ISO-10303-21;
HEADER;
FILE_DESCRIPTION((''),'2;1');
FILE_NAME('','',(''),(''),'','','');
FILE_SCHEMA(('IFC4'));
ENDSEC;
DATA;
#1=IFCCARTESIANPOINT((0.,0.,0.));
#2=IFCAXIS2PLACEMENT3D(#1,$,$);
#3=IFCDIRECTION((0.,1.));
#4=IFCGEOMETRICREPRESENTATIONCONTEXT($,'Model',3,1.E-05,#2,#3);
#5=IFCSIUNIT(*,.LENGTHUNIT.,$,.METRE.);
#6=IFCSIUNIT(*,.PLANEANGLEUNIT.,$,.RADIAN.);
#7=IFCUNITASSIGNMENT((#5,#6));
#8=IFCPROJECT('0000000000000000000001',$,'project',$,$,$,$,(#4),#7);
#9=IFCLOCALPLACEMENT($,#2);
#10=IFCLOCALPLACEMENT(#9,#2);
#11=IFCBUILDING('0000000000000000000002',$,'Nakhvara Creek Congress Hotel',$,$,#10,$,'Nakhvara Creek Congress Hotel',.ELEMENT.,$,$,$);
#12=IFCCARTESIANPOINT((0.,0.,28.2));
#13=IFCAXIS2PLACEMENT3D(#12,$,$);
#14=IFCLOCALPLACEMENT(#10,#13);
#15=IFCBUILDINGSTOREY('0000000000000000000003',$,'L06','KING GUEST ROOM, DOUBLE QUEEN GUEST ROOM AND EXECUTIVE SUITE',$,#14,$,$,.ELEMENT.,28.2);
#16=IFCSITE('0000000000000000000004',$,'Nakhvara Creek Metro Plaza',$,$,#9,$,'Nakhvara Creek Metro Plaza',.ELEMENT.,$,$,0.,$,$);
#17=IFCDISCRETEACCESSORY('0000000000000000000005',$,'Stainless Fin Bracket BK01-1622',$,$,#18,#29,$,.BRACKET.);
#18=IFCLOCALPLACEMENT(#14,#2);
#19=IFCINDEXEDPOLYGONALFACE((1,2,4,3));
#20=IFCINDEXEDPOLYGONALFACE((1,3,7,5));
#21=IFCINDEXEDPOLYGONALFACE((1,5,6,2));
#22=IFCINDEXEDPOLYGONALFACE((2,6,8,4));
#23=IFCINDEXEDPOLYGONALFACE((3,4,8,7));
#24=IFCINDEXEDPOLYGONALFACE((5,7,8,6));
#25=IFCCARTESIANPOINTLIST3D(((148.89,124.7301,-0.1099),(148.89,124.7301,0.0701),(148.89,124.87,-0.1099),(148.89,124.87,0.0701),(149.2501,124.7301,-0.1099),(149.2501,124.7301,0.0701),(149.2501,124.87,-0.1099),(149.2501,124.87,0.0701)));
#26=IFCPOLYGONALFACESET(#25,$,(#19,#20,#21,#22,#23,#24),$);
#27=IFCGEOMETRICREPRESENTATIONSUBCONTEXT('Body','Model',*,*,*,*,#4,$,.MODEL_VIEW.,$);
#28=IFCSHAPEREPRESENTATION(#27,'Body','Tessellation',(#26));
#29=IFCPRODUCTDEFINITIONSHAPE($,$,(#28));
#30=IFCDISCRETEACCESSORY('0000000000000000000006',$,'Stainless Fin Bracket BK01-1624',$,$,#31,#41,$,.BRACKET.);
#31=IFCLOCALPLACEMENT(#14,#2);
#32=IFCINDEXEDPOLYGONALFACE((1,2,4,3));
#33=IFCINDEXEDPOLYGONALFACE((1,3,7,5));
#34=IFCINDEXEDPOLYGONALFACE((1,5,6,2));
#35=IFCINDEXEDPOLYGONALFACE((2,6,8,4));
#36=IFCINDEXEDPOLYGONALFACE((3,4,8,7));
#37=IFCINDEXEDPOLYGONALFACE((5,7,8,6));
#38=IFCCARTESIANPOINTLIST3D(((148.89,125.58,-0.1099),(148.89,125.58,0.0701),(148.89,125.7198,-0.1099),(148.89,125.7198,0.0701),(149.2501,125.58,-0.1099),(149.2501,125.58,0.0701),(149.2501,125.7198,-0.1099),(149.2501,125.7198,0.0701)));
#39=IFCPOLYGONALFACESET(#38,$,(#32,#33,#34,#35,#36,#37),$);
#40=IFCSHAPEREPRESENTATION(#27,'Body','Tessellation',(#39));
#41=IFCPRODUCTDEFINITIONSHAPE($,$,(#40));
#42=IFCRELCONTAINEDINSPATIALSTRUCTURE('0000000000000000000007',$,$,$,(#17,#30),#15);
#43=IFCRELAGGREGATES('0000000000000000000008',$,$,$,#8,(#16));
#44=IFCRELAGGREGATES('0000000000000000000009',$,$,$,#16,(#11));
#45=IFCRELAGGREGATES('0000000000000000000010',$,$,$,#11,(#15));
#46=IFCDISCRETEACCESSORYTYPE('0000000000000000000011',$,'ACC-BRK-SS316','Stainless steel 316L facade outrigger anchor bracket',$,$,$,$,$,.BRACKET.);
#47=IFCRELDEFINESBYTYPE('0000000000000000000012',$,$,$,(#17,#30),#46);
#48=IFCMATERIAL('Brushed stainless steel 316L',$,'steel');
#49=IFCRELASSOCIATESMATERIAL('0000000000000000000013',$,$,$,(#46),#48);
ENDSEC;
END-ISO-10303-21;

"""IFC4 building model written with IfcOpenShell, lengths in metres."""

from ifc_helpers import new_model, si_unit, direction, frame, origin, origin_2d, place, context, subcontext, project, spatial, rectangle, extrude, material, type_object, element, save


model = new_model("IFC4")

# Units and contexts
model_context = context("Model", 3, precision=1e-05, world=origin(), true_north=direction((0.0, 1.0)))
body_context = subcontext(model_context, "Body", "Model", "MODEL_VIEW")
ifc_project = project(units=[si_unit("LENGTHUNIT", "METRE"), si_unit("PLANEANGLEUNIT", "RADIAN")], contexts=[model_context])

# Site, building, storey
site_placement = place(None, origin())
site = spatial("IfcSite", under=ifc_project, at=site_placement, Name="Nakhvara Creek Metro Plaza", LongName="Nakhvara Creek Metro Plaza", CompositionType="ELEMENT", RefElevation=0.0)
building_placement = place(site_placement, origin())
building = spatial("IfcBuilding", under=site, at=building_placement, Name="Nakhvara Creek Congress Hotel", LongName="Nakhvara Creek Congress Hotel", CompositionType="ELEMENT")
storey_placement = place(building_placement, frame((0.0, 0.0, 28.2)))
storey = spatial("IfcBuildingStorey", under=building, at=storey_placement, Name="L06", Description="KING GUEST ROOM, DOUBLE QUEEN GUEST ROOM AND EXECUTIVE SUITE", CompositionType="ELEMENT", Elevation=28.2)

# Discrete accessories
ifc_material = material(Name="Brushed stainless steel 316L", Category="steel")
discrete_accessory_type = type_object("IfcDiscreteAccessoryType", Name="ACC-BRK-SS316", Description="Stainless steel 316L facade outrigger anchor bracket", PredefinedType="BRACKET", material=ifc_material)
for number, where, z_axis, x_axis, name in (
    (1, (149.0701, 124.8, -0.1099), (0.0, 0.0, 1.0), (0.0, 1.0, 0.0), "Stainless Fin Bracket BK01-1622"),
    (2, (149.0701, 125.6499, -0.1099), (0.0, 0.0, 1.0), (0.0, 1.0, 0.0), "Stainless Fin Bracket BK01-1624"),
):
    element("IfcDiscreteAccessory", number, at=place(storey_placement, frame(where, z_axis=z_axis, x_axis=x_axis)), inside=storey, type_object=discrete_accessory_type, Name=name, PredefinedType="BRACKET", context=body_context, shape_type="SweptSolid", body=[
        extrude(rectangle(XDim=0.1399, YDim=0.3601, at=origin_2d()), origin(), (0.0, 0.0, 1.0), 0.1799),
    ])

save(model, "model.ifc")
